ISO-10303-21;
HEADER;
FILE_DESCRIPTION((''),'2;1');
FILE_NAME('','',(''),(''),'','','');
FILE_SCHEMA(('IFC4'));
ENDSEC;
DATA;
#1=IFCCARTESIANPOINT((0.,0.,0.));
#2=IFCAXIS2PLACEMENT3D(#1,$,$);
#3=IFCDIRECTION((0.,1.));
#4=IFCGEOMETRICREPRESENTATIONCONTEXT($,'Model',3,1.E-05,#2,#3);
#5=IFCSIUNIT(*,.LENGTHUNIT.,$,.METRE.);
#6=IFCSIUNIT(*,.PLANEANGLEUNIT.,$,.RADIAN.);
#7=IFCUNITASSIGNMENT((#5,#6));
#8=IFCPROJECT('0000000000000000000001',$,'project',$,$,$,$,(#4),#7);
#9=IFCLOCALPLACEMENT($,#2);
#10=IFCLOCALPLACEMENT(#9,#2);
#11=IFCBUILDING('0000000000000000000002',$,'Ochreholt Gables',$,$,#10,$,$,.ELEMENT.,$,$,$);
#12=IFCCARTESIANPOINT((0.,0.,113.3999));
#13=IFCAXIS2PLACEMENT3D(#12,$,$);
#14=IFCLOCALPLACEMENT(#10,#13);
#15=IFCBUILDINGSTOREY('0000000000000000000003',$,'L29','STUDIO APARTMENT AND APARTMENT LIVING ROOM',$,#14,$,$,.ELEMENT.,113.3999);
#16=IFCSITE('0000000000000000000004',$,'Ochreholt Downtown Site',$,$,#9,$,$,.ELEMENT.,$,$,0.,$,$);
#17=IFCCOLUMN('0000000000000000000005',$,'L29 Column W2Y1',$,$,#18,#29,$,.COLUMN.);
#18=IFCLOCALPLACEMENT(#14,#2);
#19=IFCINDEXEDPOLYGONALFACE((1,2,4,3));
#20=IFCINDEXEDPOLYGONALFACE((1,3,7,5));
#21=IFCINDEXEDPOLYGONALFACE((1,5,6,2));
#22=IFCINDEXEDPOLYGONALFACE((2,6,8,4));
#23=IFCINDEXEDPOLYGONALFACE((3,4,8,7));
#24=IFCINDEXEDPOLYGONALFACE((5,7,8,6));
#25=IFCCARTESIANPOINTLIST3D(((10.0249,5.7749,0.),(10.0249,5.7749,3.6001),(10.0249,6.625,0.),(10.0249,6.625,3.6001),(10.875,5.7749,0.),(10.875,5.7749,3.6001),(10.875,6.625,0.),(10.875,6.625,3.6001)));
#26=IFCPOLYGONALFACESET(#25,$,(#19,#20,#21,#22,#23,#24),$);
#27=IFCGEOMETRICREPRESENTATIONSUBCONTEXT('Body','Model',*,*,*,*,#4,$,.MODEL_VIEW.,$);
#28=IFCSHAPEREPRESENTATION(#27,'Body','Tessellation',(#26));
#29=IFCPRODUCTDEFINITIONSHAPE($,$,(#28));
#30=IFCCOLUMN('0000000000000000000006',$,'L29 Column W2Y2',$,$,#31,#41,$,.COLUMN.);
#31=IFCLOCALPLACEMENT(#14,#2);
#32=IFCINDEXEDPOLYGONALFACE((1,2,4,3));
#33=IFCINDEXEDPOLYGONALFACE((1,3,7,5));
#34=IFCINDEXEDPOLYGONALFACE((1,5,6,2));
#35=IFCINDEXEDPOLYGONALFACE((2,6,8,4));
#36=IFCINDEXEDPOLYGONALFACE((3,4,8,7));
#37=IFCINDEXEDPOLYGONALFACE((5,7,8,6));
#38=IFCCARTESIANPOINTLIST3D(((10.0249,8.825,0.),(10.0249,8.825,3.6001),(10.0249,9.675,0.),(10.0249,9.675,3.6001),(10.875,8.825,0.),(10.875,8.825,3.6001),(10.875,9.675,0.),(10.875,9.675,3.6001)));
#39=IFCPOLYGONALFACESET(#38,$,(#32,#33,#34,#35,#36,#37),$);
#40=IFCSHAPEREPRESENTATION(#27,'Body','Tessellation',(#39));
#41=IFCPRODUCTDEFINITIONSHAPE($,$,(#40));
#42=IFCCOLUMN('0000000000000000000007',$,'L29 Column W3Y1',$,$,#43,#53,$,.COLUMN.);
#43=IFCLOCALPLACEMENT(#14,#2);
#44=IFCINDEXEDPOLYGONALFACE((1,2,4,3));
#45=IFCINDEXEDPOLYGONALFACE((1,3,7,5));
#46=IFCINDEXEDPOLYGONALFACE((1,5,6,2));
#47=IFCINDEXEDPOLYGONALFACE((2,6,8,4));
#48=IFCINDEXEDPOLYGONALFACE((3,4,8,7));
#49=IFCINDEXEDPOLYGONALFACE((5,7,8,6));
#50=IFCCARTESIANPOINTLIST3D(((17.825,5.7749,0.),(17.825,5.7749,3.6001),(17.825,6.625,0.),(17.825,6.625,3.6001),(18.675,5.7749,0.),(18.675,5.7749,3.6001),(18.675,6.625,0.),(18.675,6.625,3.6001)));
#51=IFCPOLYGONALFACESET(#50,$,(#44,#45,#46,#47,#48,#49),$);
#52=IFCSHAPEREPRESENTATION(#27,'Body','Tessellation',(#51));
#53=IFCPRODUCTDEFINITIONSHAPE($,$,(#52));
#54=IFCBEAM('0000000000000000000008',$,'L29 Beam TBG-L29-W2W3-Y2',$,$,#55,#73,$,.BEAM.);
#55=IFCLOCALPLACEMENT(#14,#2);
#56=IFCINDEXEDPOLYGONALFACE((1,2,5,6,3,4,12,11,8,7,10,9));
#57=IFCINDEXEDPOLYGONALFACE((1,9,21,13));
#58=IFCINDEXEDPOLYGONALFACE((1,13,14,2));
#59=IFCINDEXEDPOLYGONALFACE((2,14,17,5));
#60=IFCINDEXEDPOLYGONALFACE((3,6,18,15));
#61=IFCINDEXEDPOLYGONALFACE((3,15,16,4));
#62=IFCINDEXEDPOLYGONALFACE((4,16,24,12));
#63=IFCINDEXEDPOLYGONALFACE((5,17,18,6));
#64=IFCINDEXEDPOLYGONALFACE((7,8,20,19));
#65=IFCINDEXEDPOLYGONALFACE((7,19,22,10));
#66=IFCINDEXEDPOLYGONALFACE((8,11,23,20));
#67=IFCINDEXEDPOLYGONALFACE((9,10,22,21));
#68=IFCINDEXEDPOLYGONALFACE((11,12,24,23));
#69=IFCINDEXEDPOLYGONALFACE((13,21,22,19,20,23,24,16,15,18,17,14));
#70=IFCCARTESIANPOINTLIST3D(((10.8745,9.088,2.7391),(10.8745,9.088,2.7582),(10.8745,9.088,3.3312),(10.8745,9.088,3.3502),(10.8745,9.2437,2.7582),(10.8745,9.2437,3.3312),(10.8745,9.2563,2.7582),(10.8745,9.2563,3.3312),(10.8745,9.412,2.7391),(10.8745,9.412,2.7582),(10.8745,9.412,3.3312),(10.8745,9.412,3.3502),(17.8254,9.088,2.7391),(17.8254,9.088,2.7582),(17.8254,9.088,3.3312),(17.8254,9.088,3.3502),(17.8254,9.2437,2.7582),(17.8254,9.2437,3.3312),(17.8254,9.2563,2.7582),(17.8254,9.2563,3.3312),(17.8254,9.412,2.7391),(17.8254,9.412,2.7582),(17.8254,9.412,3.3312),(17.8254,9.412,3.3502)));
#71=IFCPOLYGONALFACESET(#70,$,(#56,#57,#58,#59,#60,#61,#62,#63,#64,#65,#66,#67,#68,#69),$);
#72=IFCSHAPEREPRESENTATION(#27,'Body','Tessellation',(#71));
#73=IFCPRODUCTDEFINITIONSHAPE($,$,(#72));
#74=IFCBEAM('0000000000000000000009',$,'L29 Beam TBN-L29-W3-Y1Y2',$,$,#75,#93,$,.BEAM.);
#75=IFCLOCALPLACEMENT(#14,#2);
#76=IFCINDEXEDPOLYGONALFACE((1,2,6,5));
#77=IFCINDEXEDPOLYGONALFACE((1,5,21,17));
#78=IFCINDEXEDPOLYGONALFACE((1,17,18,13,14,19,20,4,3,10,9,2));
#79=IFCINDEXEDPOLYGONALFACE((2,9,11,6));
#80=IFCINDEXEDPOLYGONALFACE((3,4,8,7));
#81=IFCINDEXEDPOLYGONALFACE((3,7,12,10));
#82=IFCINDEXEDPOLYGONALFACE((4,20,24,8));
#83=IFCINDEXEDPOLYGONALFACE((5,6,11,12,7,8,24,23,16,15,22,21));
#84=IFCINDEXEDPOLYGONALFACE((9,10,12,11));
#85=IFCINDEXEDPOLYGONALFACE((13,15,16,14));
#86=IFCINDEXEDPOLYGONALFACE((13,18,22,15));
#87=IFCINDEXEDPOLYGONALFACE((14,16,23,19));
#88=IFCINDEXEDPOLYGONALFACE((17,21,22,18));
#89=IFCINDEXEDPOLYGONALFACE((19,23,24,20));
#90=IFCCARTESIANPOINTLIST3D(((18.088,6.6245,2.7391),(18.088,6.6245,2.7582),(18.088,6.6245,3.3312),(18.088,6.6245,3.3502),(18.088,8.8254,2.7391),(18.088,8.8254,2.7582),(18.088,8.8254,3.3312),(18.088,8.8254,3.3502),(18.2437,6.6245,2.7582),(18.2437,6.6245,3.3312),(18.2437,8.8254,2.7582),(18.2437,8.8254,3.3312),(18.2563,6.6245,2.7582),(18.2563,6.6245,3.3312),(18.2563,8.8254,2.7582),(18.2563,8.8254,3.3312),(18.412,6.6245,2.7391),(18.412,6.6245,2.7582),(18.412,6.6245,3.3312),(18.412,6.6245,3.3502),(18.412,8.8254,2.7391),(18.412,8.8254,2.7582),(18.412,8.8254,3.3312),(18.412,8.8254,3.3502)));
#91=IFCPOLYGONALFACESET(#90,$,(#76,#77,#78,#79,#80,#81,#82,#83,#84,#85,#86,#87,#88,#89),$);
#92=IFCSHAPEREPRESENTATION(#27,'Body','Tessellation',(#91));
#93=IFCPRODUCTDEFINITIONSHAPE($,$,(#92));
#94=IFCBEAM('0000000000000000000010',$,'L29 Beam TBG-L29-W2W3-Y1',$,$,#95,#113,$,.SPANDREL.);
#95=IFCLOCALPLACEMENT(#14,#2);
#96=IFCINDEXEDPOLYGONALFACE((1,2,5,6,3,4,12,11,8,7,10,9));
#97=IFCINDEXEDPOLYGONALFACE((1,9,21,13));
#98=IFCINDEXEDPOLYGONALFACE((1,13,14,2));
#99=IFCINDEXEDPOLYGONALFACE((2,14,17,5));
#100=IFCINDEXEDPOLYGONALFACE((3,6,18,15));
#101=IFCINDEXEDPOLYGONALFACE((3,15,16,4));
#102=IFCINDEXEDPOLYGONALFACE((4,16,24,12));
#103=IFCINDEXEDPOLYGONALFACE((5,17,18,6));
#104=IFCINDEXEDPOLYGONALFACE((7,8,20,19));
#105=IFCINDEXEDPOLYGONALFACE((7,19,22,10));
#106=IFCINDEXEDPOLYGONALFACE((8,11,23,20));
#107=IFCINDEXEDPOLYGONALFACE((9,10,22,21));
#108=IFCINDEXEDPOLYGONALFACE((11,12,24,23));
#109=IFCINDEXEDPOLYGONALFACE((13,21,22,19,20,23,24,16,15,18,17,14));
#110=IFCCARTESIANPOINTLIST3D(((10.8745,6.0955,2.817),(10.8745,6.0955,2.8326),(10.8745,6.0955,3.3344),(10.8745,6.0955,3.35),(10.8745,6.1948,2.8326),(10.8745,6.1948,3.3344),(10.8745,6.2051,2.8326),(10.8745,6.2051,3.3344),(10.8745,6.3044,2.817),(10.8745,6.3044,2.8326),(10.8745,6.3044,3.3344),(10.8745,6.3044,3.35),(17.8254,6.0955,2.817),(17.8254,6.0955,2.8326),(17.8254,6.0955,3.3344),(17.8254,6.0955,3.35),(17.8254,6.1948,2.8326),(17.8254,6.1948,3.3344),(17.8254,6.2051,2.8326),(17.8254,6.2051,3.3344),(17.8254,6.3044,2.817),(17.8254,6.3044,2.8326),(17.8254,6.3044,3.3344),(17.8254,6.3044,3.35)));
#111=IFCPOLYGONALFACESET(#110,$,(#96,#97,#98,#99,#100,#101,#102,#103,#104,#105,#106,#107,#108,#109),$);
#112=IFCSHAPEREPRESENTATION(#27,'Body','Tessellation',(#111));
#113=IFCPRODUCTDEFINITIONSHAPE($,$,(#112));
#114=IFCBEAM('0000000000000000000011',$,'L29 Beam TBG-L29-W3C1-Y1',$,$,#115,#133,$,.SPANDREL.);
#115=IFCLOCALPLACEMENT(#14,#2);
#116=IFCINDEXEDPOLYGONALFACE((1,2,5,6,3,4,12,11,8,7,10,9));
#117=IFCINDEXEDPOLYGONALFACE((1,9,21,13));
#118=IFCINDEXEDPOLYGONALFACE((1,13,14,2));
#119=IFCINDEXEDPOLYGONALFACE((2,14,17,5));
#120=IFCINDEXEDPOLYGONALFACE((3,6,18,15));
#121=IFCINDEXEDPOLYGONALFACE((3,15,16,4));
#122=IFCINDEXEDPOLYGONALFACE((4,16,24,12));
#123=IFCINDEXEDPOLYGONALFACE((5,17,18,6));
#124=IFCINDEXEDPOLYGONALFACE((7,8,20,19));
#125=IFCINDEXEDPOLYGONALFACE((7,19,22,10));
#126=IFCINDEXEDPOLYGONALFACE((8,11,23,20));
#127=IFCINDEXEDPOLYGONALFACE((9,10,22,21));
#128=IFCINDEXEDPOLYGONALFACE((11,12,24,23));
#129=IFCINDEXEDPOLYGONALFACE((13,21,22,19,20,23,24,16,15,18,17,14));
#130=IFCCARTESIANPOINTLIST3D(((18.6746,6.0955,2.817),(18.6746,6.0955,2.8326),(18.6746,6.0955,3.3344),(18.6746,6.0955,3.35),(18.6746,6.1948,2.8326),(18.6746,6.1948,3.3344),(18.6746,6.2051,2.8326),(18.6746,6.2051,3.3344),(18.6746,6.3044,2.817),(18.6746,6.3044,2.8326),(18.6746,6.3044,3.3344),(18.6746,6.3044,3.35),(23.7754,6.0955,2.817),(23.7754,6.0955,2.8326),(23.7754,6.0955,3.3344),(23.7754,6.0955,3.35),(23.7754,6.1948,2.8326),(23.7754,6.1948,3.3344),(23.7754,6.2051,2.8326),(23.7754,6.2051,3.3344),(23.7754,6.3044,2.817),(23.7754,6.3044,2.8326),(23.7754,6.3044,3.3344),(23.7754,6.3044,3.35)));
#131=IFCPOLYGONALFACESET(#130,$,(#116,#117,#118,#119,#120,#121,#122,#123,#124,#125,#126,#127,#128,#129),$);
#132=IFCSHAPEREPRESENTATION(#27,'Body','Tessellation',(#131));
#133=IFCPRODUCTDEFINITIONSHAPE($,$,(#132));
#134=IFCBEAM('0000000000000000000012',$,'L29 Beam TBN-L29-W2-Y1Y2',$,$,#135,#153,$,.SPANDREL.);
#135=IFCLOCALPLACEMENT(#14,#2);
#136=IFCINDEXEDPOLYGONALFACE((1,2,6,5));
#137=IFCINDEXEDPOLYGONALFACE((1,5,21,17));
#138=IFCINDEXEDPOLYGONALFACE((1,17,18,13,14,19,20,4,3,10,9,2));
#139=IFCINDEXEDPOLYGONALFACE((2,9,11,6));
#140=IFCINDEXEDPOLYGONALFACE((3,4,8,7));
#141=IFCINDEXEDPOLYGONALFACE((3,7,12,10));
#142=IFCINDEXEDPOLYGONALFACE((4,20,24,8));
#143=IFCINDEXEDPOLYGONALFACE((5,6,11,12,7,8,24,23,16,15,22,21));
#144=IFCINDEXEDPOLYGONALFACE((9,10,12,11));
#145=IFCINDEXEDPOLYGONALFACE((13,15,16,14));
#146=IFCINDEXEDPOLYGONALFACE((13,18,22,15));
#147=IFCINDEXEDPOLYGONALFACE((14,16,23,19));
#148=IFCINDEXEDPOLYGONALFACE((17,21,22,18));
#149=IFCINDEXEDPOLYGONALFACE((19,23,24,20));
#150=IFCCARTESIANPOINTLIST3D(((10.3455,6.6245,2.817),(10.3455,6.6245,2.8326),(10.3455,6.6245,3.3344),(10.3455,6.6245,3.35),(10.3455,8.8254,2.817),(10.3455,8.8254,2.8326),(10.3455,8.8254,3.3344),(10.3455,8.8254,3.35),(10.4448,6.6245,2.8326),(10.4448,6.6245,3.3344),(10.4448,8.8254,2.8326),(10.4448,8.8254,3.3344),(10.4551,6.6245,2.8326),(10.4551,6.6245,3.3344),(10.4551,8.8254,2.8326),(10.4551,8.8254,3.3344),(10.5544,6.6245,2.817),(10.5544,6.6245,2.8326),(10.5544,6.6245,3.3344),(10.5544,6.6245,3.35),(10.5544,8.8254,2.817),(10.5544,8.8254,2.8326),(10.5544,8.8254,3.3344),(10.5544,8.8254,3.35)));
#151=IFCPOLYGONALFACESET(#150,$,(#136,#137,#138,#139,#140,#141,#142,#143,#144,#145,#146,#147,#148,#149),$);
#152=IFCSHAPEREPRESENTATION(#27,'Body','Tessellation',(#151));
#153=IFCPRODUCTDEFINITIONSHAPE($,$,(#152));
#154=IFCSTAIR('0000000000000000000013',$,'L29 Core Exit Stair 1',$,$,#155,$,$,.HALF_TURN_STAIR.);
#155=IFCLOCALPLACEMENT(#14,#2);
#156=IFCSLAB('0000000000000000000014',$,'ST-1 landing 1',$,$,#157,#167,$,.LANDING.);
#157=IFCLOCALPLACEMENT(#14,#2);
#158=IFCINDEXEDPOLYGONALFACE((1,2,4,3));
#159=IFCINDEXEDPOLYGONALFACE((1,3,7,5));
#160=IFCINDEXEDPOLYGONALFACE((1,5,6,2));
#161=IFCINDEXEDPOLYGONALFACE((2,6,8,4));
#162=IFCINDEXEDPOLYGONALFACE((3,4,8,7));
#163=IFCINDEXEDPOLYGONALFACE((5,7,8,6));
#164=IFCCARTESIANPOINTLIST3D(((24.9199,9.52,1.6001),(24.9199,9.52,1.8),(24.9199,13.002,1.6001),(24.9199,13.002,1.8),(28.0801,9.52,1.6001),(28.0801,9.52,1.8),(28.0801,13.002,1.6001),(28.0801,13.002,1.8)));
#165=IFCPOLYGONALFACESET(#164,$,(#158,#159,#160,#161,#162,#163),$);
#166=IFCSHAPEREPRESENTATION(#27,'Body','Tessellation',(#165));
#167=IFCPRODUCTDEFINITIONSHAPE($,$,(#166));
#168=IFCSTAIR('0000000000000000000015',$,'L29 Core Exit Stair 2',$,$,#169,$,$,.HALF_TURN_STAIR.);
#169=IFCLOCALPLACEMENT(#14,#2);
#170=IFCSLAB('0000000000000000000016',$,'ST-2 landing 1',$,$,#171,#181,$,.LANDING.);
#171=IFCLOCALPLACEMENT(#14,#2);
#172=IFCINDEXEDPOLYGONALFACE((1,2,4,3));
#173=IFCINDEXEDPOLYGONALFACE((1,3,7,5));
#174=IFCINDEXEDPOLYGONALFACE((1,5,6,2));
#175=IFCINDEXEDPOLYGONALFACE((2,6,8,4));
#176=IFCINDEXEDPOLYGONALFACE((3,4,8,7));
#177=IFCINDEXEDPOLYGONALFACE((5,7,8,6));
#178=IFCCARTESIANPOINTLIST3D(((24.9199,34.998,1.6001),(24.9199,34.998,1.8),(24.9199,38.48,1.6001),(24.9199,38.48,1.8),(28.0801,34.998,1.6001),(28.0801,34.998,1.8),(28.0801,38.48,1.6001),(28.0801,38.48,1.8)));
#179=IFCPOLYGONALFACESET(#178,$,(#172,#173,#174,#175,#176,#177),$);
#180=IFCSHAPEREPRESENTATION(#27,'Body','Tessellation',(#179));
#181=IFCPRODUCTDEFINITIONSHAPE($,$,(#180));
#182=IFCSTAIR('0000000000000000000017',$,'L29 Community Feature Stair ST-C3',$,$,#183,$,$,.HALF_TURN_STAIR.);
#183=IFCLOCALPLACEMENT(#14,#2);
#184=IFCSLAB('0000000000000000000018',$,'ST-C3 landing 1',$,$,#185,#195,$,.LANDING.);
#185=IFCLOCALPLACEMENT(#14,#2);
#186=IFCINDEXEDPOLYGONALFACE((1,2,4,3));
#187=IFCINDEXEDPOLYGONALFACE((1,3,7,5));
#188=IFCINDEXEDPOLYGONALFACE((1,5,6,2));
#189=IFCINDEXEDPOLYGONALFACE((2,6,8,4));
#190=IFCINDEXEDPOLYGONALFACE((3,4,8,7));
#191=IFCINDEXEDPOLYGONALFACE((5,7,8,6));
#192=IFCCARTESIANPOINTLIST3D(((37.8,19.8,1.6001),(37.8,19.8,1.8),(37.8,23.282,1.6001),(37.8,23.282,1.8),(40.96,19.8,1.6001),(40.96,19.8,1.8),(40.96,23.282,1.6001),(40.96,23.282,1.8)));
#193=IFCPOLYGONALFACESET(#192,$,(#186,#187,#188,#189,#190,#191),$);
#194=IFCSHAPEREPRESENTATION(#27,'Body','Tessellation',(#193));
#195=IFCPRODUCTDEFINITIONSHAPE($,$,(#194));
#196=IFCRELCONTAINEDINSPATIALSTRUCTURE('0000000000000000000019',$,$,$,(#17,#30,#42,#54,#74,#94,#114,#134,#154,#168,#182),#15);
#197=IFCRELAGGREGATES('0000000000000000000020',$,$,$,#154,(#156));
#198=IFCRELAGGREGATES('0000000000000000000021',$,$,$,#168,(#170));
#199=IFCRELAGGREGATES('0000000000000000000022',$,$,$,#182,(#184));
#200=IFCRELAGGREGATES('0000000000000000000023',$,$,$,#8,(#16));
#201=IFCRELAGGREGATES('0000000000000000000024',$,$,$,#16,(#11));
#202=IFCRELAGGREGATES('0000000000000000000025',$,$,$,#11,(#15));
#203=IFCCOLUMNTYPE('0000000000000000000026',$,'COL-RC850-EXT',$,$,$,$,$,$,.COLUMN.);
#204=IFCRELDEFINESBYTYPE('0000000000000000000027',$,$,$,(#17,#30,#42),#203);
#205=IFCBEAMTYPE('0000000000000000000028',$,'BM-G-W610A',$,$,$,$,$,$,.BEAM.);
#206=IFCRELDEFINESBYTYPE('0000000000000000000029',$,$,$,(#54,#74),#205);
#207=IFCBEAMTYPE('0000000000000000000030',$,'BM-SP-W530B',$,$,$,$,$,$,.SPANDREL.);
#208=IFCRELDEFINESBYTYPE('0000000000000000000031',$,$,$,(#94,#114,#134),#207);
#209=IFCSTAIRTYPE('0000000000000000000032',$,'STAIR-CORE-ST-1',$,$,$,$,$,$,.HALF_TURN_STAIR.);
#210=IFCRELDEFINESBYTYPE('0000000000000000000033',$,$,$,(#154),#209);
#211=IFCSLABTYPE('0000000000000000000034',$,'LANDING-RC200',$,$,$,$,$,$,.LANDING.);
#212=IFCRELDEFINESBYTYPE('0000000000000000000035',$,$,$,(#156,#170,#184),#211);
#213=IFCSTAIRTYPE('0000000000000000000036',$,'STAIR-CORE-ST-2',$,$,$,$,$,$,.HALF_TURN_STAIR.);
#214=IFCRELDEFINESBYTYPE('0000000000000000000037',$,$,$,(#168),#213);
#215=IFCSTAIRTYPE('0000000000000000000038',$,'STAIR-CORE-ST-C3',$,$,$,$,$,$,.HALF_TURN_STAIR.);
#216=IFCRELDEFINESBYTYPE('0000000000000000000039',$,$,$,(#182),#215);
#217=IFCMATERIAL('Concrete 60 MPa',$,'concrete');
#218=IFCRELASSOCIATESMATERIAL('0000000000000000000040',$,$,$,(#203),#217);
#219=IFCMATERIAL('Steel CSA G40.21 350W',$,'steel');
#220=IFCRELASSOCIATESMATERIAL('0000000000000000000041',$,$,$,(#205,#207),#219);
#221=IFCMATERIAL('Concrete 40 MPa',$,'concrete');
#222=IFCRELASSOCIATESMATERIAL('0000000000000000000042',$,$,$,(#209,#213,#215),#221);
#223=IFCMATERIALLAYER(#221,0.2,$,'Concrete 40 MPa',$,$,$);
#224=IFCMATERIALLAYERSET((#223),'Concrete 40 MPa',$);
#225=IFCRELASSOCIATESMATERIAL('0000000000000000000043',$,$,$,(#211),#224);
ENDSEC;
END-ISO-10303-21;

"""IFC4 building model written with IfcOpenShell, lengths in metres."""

from ifc_helpers import new_model, si_unit, direction, frame, origin, origin_2d, place, context, subcontext, project, spatial, polyline, rectangle, i_section, outline, extrude, material, layer, layer_set, material_profile, profile_set, type_object, element, aggregate, save


model = new_model("IFC4")

# Units and contexts
model_context = context("Model", 3, precision=1e-05, world=origin(), true_north=direction((0.0, 1.0)))
body_context = subcontext(model_context, "Body", "Model", "MODEL_VIEW")
ifc_project = project(units=[si_unit("LENGTHUNIT", "METRE"), si_unit("PLANEANGLEUNIT", "RADIAN")], contexts=[model_context])

# Site, building, storey
site_placement = place(None, origin())
site = spatial("IfcSite", under=ifc_project, at=site_placement, Name="Ochreholt Downtown Site", CompositionType="ELEMENT", RefElevation=0.0)
building_placement = place(site_placement, origin())
building = spatial("IfcBuilding", under=site, at=building_placement, Name="Ochreholt Gables", CompositionType="ELEMENT")
storey_placement = place(building_placement, frame((0.0, 0.0, 113.3999)))
storey = spatial("IfcBuildingStorey", under=building, at=storey_placement, Name="L29", Description="STUDIO APARTMENT AND APARTMENT LIVING ROOM", CompositionType="ELEMENT", Elevation=113.3999)

# Columns
ifc_material_1 = material(Name="Concrete 60 MPa", Category="concrete")
ifc_material_profile_1 = material_profile(ifc_material_1, rectangle(XDim=0.8501, YDim=0.8501, at=origin_2d()), Name="RC850X850")
ifc_profile_set_1 = profile_set([ifc_material_profile_1], Name="Concrete 60 MPa")
column_type = type_object("IfcColumnType", Name="COL-RC850-EXT", PredefinedType="COLUMN", material=ifc_profile_set_1)
for number, where, z_axis, x_axis, name in (
    (1, (10.45, 6.2, 0.0), (0.0, 0.0, 1.0), (1.0, 0.0, 0.0), "L29 Column W2Y1"),
    (2, (10.45, 9.25, 0.0), (0.0, 0.0, 1.0), (1.0, 0.0, 0.0), "L29 Column W2Y2"),
    (3, (18.25, 6.2, 0.0), (0.0, 0.0, 1.0), (1.0, 0.0, 0.0), "L29 Column W3Y1"),
):
    element("IfcColumn", number, at=place(storey_placement, frame(where, z_axis=z_axis, x_axis=x_axis)), inside=storey, type_object=column_type, Name=name, PredefinedType="COLUMN", context=body_context, shape_type="SweptSolid", body=[
        extrude(rectangle(XDim=0.8501, YDim=0.8501, at=origin_2d()), origin(), (0.0, 0.0, 1.0), 3.6001),
    ])

# Beams
ifc_material_2 = material(Name="Steel CSA G40.21 350W", Category="steel")
ifc_material_profile_2 = material_profile(ifc_material_2, i_section(OverallWidth=0.324, OverallDepth=0.6111, WebThickness=0.0127, FlangeThickness=0.019, at=origin_2d()), Name="W610X155")
ifc_profile_set_2 = profile_set([ifc_material_profile_2], Name="Steel CSA G40.21 350W")
beam_type_1 = type_object("IfcBeamType", Name="BM-G-W610A", PredefinedType="BEAM", material=ifc_profile_set_2)
beam_1_placement = place(storey_placement, frame((10.8745, 9.25, 3.0447), z_axis=(1.0, 0.0, 0.0), x_axis=(0.0, 1.0, 0.0)))
element("IfcBeam", 4, at=beam_1_placement, inside=storey, type_object=beam_type_1, Name="L29 Beam TBG-L29-W2W3-Y2", PredefinedType="BEAM", context=body_context, shape_type="SweptSolid", body=[
    extrude(i_section(OverallWidth=0.324, OverallDepth=0.6111, WebThickness=0.0127, FlangeThickness=0.019, at=origin_2d()), origin(), (0.0, 0.0, 1.0), 6.9509),
])
beam_2_placement = place(storey_placement, frame((18.25, 6.6245, 3.0447), z_axis=(0.0, 1.0, 0.0), x_axis=(-1.0, 0.0, 0.0)))
element("IfcBeam", 5, at=beam_2_placement, inside=storey, type_object=beam_type_1, Name="L29 Beam TBN-L29-W3-Y1Y2", PredefinedType="BEAM", context=body_context, shape_type="SweptSolid", body=[
    extrude(i_section(OverallWidth=0.324, OverallDepth=0.6111, WebThickness=0.0127, FlangeThickness=0.019, at=origin_2d()), origin(), (0.0, 0.0, 1.0), 2.2009),
])
ifc_material_profile_3 = material_profile(ifc_material_2, i_section(OverallWidth=0.209, OverallDepth=0.533, WebThickness=0.0103, FlangeThickness=0.0156, at=origin_2d()), Name="W530X92")
ifc_profile_set_3 = profile_set([ifc_material_profile_3], Name="Steel CSA G40.21 350W")
beam_type_2 = type_object("IfcBeamType", Name="BM-SP-W530B", PredefinedType="SPANDREL", material=ifc_profile_set_3)
beam_3_placement = place(storey_placement, frame((10.8745, 6.2, 3.0835), z_axis=(1.0, 0.0, 0.0), x_axis=(0.0, 1.0, 0.0)))
element("IfcBeam", 6, at=beam_3_placement, inside=storey, type_object=beam_type_2, Name="L29 Beam TBG-L29-W2W3-Y1", PredefinedType="SPANDREL", context=body_context, shape_type="SweptSolid", body=[
    extrude(i_section(OverallWidth=0.209, OverallDepth=0.533, WebThickness=0.0103, FlangeThickness=0.0156, at=origin_2d()), origin(), (0.0, 0.0, 1.0), 6.9509),
])
beam_4_placement = place(storey_placement, frame((18.6746, 6.2, 3.0835), z_axis=(1.0, 0.0, 0.0), x_axis=(0.0, 1.0, 0.0)))
element("IfcBeam", 7, at=beam_4_placement, inside=storey, type_object=beam_type_2, Name="L29 Beam TBG-L29-W3C1-Y1", PredefinedType="SPANDREL", context=body_context, shape_type="SweptSolid", body=[
    extrude(i_section(OverallWidth=0.209, OverallDepth=0.533, WebThickness=0.0103, FlangeThickness=0.0156, at=origin_2d()), origin(), (0.0, 0.0, 1.0), 5.1008),
])
beam_5_placement = place(storey_placement, frame((10.45, 6.6245, 3.0835), z_axis=(0.0, 1.0, 0.0), x_axis=(-1.0, 0.0, 0.0)))
element("IfcBeam", 8, at=beam_5_placement, inside=storey, type_object=beam_type_2, Name="L29 Beam TBN-L29-W2-Y1Y2", PredefinedType="SPANDREL", context=body_context, shape_type="SweptSolid", body=[
    extrude(i_section(OverallWidth=0.209, OverallDepth=0.533, WebThickness=0.0103, FlangeThickness=0.0156, at=origin_2d()), origin(), (0.0, 0.0, 1.0), 2.2009),
])

# Stairs, slabs
ifc_material_3 = material(Name="Concrete 40 MPa", Category="concrete")
stair_type_1 = type_object("IfcStairType", Name="STAIR-CORE-ST-1", PredefinedType="HALF_TURN_STAIR", material=ifc_material_3)
stair_1_placement = place(storey_placement, origin())
stair_1 = element("IfcStair", 9, at=stair_1_placement, inside=storey, type_object=stair_type_1, Name="L29 Core Exit Stair 1", PredefinedType="HALF_TURN_STAIR")
ifc_layer_1 = layer(ifc_material_3, 0.2, Name="Concrete 40 MPa")
ifc_layer_set_1 = layer_set([ifc_layer_1], Name="Concrete 40 MPa")
slab_type_1 = type_object("IfcSlabType", Name="LANDING-RC200", PredefinedType="LANDING", material=ifc_layer_set_1)
slab_1_placement = place(storey_placement, frame((0.0, 0.0, 1.6001)))
slab_1 = element("IfcSlab", 10, at=slab_1_placement, type_object=slab_type_1, Name="ST-1 landing 1", PredefinedType="LANDING", context=body_context, shape_type="SweptSolid", body=[
    extrude(outline(polyline([(24.9199, 13.002), (24.9199, 9.52), (28.0801, 9.52), (28.0801, 13.002), (24.9199, 13.002)])), origin(), (0.0, 0.0, 1.0), 0.2),
])
aggregate(stair_1, [slab_1])
stair_type_2 = type_object("IfcStairType", Name="STAIR-CORE-ST-2", PredefinedType="HALF_TURN_STAIR", material=ifc_material_3)
stair_2_placement = place(storey_placement, origin())
stair_2 = element("IfcStair", 11, at=stair_2_placement, inside=storey, type_object=stair_type_2, Name="L29 Core Exit Stair 2", PredefinedType="HALF_TURN_STAIR")
slab_2_placement = place(storey_placement, frame((0.0, 0.0, 1.6001)))
slab_2 = element("IfcSlab", 12, at=slab_2_placement, type_object=slab_type_1, Name="ST-2 landing 1", PredefinedType="LANDING", context=body_context, shape_type="SweptSolid", body=[
    extrude(outline(polyline([(28.0801, 34.998), (28.0801, 38.48), (24.9199, 38.48), (24.9199, 34.998), (28.0801, 34.998)])), origin(), (0.0, 0.0, 1.0), 0.2),
])
aggregate(stair_2, [slab_2])
stair_type_3 = type_object("IfcStairType", Name="STAIR-CORE-ST-C3", PredefinedType="HALF_TURN_STAIR", material=ifc_material_3)
stair_3_placement = place(storey_placement, origin())
stair_3 = element("IfcStair", 13, at=stair_3_placement, inside=storey, type_object=stair_type_3, Name="L29 Community Feature Stair ST-C3", PredefinedType="HALF_TURN_STAIR")
slab_3_placement = place(storey_placement, frame((0.0, 0.0, 1.6001)))
slab_3 = element("IfcSlab", 14, at=slab_3_placement, type_object=slab_type_1, Name="ST-C3 landing 1", PredefinedType="LANDING", context=body_context, shape_type="SweptSolid", body=[
    extrude(outline(polyline([(37.8, 23.282), (37.8, 19.8), (40.96, 19.8), (40.96, 23.282), (37.8, 23.282)])), origin(), (0.0, 0.0, 1.0), 0.2),
])
aggregate(stair_3, [slab_3])

save(model, "model.ifc")
